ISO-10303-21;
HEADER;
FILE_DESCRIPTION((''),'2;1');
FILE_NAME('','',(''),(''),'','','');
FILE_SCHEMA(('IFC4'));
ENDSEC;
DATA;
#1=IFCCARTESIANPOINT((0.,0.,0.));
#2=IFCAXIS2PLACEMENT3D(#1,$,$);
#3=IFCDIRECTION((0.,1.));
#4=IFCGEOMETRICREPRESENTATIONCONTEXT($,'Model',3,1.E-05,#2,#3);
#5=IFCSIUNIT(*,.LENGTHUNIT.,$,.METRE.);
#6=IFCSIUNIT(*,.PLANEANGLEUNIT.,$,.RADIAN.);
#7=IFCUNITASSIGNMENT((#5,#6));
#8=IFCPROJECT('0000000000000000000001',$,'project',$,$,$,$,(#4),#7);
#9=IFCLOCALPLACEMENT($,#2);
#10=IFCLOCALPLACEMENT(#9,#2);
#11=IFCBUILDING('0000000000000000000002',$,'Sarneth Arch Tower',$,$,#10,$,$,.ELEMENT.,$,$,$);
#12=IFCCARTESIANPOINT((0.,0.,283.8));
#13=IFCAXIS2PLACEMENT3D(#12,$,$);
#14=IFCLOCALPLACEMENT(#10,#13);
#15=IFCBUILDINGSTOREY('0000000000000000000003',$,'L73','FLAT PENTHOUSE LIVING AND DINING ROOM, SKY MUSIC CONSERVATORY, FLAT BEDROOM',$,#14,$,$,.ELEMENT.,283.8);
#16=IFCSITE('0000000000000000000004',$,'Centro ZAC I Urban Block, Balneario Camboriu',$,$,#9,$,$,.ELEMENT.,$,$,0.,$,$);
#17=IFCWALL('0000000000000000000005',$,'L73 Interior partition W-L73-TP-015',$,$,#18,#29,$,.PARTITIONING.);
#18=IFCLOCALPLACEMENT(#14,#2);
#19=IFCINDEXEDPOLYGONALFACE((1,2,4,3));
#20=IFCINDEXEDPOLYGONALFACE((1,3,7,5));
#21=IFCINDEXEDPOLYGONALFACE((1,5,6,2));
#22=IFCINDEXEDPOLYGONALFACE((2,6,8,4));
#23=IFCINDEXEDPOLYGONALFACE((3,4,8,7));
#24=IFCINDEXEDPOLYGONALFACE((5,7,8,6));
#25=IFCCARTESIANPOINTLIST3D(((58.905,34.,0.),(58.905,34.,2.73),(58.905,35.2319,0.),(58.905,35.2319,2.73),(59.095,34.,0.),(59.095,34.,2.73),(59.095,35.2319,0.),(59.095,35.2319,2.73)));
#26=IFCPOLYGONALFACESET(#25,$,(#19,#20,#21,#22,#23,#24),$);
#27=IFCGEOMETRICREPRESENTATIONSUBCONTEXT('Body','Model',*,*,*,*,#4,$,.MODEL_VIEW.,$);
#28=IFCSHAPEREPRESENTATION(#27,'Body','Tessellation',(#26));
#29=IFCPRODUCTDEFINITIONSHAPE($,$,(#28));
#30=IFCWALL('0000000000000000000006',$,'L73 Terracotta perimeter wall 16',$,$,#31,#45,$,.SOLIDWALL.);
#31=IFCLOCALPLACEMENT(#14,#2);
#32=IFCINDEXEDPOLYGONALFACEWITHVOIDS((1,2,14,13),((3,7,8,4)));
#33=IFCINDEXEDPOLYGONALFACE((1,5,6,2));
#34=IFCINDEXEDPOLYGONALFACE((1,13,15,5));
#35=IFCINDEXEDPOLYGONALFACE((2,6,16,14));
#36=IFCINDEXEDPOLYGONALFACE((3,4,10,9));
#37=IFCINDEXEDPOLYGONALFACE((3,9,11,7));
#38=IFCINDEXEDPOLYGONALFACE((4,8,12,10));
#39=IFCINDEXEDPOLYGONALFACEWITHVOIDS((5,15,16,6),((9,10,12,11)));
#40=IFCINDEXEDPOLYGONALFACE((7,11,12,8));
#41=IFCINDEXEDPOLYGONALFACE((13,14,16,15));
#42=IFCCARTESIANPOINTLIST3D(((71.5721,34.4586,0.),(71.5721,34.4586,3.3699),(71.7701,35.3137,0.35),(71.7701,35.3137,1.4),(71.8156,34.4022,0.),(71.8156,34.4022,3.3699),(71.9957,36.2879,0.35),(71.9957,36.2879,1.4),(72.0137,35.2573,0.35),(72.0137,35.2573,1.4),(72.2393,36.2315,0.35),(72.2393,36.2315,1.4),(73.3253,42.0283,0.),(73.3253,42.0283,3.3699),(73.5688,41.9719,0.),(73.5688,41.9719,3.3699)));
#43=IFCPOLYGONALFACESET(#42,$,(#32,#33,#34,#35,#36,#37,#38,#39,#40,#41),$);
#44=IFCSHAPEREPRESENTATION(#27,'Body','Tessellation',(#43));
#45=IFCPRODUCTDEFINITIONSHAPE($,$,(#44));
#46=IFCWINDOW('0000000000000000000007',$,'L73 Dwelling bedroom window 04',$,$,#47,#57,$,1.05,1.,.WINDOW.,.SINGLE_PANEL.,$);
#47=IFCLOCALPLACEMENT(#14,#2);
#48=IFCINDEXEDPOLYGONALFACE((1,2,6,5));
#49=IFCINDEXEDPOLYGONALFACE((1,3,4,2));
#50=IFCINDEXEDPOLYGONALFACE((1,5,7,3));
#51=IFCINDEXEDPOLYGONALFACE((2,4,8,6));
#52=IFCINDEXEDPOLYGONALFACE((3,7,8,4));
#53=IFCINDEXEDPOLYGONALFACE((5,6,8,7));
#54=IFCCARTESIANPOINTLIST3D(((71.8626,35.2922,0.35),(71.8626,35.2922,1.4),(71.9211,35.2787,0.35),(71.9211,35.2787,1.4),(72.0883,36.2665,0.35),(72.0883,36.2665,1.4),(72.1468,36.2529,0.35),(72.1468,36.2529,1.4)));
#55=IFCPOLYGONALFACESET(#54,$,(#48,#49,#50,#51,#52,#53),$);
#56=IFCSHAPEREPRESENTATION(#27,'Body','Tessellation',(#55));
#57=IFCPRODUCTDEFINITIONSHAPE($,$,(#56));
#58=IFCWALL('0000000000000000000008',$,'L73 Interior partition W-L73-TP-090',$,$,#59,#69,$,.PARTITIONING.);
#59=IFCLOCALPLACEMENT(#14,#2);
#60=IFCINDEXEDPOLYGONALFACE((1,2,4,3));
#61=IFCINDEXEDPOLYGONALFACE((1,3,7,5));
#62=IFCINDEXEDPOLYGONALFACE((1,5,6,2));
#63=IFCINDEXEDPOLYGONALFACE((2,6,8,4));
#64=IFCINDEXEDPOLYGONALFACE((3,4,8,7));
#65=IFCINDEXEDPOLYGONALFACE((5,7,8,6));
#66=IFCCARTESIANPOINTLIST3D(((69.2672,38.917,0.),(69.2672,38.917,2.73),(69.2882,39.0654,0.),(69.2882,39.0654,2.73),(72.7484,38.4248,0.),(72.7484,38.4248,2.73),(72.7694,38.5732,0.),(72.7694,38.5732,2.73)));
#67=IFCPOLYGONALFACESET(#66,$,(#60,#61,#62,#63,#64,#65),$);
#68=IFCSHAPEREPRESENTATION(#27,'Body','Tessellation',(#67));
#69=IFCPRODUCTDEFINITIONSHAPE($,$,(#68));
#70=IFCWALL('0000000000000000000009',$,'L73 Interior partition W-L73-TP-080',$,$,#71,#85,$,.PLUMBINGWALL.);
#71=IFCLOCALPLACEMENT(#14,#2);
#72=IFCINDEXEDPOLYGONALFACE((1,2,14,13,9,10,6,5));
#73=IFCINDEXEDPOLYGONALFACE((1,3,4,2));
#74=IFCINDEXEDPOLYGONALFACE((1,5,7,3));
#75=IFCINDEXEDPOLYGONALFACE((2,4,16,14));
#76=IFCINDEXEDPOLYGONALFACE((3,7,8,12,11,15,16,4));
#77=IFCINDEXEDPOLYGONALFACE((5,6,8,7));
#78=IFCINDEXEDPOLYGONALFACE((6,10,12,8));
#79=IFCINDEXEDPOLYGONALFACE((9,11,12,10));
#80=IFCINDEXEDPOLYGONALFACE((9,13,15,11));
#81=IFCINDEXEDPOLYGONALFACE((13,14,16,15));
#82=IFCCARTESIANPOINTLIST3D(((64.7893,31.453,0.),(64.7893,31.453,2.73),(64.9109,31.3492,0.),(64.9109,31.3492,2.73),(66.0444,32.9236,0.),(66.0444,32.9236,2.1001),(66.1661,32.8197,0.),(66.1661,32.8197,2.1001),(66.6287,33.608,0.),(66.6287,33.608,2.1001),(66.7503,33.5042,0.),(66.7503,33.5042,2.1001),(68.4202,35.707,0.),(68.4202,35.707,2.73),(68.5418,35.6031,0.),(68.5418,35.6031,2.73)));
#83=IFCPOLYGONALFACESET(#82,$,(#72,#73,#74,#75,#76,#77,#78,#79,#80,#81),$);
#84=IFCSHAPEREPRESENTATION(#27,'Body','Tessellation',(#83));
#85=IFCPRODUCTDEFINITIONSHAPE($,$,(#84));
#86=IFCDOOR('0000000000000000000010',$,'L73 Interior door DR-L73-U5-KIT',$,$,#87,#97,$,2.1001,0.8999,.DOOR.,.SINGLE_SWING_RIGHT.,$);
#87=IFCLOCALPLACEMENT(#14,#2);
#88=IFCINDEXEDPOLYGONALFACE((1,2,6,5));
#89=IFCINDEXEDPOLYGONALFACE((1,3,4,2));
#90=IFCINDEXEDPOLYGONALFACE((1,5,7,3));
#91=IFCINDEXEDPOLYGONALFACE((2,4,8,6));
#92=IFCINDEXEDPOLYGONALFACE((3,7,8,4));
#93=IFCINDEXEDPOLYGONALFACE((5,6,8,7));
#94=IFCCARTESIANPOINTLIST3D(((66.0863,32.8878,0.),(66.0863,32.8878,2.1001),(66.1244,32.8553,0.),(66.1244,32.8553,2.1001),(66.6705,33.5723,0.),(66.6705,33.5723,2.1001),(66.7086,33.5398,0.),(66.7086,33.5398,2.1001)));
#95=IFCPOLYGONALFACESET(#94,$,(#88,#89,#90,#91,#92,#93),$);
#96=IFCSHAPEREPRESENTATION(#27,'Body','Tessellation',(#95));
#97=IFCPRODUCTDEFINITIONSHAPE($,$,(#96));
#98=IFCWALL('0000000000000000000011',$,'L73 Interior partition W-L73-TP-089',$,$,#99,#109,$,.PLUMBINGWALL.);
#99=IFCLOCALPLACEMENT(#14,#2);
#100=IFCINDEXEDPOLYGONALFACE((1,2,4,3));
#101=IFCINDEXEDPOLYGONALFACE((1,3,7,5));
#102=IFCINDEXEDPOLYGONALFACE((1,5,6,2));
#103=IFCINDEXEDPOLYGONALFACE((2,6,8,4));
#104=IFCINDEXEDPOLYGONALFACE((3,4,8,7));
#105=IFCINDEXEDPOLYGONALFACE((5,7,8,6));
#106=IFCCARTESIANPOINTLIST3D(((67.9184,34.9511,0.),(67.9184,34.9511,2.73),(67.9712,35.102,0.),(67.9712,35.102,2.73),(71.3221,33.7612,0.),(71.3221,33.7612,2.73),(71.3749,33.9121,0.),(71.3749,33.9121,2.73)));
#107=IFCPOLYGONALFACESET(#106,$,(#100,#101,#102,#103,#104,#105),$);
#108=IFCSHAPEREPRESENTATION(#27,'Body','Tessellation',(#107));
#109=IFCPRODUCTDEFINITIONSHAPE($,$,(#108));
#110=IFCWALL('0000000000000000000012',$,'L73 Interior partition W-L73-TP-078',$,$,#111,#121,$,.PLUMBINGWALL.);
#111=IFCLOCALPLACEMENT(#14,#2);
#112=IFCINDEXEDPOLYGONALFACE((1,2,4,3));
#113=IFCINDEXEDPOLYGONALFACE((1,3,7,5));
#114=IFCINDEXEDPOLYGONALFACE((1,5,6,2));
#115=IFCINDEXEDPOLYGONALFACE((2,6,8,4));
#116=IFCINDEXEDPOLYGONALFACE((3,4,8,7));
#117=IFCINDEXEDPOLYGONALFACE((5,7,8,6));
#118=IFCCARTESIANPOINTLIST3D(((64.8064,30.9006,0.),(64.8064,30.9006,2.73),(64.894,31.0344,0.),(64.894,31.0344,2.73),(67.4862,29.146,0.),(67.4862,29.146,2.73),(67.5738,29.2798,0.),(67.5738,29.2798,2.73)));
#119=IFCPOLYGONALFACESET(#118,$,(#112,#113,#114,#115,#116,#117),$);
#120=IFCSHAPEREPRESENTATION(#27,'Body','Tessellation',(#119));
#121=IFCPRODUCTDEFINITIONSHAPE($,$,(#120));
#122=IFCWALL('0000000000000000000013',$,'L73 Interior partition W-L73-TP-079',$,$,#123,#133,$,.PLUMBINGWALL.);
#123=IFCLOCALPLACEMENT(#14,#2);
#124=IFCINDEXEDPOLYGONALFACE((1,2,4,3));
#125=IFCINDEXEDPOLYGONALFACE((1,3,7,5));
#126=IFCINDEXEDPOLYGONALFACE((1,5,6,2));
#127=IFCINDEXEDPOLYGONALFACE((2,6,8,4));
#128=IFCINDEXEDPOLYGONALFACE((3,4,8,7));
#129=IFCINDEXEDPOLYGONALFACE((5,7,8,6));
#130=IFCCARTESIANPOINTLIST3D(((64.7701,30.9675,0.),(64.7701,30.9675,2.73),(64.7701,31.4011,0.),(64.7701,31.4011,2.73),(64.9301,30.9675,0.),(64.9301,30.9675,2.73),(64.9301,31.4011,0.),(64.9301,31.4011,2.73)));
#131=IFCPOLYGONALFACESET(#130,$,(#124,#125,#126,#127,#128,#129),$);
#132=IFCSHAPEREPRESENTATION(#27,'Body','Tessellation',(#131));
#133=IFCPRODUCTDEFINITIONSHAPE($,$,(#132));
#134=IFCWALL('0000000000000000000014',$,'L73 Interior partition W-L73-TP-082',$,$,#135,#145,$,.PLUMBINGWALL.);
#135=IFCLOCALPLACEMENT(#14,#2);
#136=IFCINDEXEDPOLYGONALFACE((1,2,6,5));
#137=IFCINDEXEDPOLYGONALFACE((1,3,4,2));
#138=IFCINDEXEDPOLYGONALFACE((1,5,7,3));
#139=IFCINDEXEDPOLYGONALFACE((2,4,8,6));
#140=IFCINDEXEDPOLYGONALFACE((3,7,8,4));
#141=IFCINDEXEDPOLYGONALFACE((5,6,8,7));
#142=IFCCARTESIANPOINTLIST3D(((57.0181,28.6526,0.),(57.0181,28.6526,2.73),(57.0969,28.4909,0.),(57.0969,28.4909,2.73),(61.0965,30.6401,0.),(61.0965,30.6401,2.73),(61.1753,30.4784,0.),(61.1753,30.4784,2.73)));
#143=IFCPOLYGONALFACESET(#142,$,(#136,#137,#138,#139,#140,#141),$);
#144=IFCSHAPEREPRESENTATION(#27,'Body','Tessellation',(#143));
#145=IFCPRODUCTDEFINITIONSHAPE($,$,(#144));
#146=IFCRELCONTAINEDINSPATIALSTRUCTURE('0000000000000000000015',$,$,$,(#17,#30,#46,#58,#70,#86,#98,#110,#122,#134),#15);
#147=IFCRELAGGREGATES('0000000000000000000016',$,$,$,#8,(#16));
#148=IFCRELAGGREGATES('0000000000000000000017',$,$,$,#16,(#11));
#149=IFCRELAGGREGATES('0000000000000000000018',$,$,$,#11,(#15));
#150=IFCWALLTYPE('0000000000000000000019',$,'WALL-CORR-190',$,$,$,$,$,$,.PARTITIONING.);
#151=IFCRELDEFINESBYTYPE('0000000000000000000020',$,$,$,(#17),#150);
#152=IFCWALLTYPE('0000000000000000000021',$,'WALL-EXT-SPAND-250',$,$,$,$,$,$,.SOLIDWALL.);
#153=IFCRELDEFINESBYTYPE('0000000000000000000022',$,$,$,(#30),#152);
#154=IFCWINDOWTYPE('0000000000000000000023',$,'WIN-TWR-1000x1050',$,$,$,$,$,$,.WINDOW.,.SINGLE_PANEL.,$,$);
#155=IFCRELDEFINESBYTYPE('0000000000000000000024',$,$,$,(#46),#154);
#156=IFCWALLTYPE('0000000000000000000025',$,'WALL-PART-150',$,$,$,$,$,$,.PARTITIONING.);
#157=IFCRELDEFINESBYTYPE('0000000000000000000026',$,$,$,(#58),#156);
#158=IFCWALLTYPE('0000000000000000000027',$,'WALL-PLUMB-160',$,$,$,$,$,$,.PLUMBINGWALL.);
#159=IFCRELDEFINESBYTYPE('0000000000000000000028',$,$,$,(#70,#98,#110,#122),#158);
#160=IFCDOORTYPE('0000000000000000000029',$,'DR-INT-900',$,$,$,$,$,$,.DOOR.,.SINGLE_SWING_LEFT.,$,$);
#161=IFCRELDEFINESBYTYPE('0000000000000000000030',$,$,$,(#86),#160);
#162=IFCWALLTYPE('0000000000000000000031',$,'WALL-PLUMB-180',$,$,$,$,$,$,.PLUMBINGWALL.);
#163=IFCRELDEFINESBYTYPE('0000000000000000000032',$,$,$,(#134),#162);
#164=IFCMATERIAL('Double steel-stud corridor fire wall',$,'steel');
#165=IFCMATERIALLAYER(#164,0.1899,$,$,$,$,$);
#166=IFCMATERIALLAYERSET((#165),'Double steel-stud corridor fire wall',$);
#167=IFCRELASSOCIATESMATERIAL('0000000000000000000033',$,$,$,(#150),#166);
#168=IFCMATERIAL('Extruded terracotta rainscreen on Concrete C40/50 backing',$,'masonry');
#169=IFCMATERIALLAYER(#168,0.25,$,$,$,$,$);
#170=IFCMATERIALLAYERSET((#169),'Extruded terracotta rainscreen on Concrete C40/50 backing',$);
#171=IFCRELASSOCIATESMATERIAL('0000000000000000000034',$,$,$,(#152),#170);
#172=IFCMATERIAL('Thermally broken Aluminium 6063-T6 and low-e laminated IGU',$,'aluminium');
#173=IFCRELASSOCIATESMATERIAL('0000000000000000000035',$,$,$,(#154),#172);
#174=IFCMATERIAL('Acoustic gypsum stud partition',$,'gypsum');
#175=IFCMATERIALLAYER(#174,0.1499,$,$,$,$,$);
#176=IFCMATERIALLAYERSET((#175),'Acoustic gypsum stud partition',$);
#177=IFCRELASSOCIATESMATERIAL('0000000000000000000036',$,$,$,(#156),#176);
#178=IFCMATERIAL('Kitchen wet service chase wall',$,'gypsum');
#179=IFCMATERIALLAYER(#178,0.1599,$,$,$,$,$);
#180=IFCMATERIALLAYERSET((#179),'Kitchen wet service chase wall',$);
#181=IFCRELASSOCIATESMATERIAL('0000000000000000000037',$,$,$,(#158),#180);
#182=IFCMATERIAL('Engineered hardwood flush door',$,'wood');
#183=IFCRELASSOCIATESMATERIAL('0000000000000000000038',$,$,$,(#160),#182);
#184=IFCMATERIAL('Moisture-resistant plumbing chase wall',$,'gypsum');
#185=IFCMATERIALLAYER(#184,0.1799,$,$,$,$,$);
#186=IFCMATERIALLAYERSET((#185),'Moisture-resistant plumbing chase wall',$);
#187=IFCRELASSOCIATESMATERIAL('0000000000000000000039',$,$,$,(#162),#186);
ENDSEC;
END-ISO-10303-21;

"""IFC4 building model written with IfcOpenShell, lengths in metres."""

from ifc_helpers import new_model, si_unit, direction, frame, frame_2d, origin, place, context, subcontext, project, spatial, rectangle, extrude, material, layer, layer_set, type_object, element, fill, save


model = new_model("IFC4")

# Units and contexts
model_context = context("Model", 3, precision=1e-05, world=origin(), true_north=direction((0.0, 1.0)))
body_context = subcontext(model_context, "Body", "Model", "MODEL_VIEW")
ifc_project = project(units=[si_unit("LENGTHUNIT", "METRE"), si_unit("PLANEANGLEUNIT", "RADIAN")], contexts=[model_context])

# Site, building, storey
site_placement = place(None, origin())
site = spatial("IfcSite", under=ifc_project, at=site_placement, Name="Centro ZAC I Urban Block, Balneario Camboriu", CompositionType="ELEMENT", RefElevation=0.0)
building_placement = place(site_placement, origin())
building = spatial("IfcBuilding", under=site, at=building_placement, Name="Sarneth Arch Tower", CompositionType="ELEMENT")
storey_placement = place(building_placement, frame((0.0, 0.0, 283.8)))
storey = spatial("IfcBuildingStorey", under=building, at=storey_placement, Name="L73", Description="FLAT PENTHOUSE LIVING AND DINING ROOM, SKY MUSIC CONSERVATORY, FLAT BEDROOM", CompositionType="ELEMENT", Elevation=283.8)

# Wall
ifc_material_1 = material(Name="Double steel-stud corridor fire wall", Category="steel")
ifc_layer_1 = layer(ifc_material_1, 0.1899)
ifc_layer_set_1 = layer_set([ifc_layer_1], Name="Double steel-stud corridor fire wall")
wall_type_1 = type_object("IfcWallType", Name="WALL-CORR-190", PredefinedType="PARTITIONING", material=ifc_layer_set_1)
wall_1_placement = place(storey_placement, frame((59.0, 34.0, 0.0), z_axis=(0.0, 0.0, 1.0), x_axis=(0.0, 1.0, 0.0)))
element("IfcWall", 1, at=wall_1_placement, inside=storey, type_object=wall_type_1, Name="L73 Interior partition W-L73-TP-015", PredefinedType="PARTITIONING", context=body_context, shape_type="SweptSolid", body=[
    extrude(rectangle(XDim=1.2319, YDim=0.1899, at=frame_2d((0.616, 0.0))), origin(), (0.0, 0.0, 1.0), 2.73),
])

# Wall, opening, window
ifc_material_2 = material(Name="Extruded terracotta rainscreen on Concrete C40/50 backing", Category="masonry")
ifc_layer_2 = layer(ifc_material_2, 0.25)
ifc_layer_set_2 = layer_set([ifc_layer_2], Name="Extruded terracotta rainscreen on Concrete C40/50 backing")
wall_type_2 = type_object("IfcWallType", Name="WALL-EXT-SPAND-250", PredefinedType="SOLIDWALL", material=ifc_layer_set_2)
wall_2_placement = place(storey_placement, frame((71.6938, 34.4304, 0.0), z_axis=(0.0, 0.0, 1.0), x_axis=(0.225635, 0.974212, 0.0)))
wall_2 = element("IfcWall", 2, at=wall_2_placement, inside=storey, type_object=wall_type_2, Name="L73 Terracotta perimeter wall 16", PredefinedType="SOLIDWALL", context=body_context, shape_type="SweptSolid", body=[
    extrude(rectangle(XDim=7.77, YDim=0.25, at=frame_2d((3.885, 0.0))), origin(), (0.0, 0.0, 1.0), 3.3699),
])
opening_1_placement = place(wall_2_placement, frame((0.8777, 0.0, 0.3501)))
opening_1 = element("IfcOpeningElement", 3, at=opening_1_placement, cuts=wall_2, PredefinedType="OPENING", context=body_context, shape_type="SweptSolid", body=[
    extrude(rectangle(XDim=1.0, YDim=1.05, at=frame_2d((0.5, 0.5249))), frame((0.0, 0.135, 0.0), z_axis=(0.0, -1.0, 0.0), x_axis=(1.0, 0.0, 0.0)), (0.0, 0.0, 1.0), 0.27),
])
ifc_material_3 = material(Name="Thermally broken Aluminium 6063-T6 and low-e laminated IGU", Category="aluminium")
window_type = type_object("IfcWindowType", Name="WIN-TWR-1000x1050", PartitioningType="SINGLE_PANEL", PredefinedType="WINDOW", material=ifc_material_3)
window_placement = place(opening_1_placement, origin())
window = element("IfcWindow", 4, at=window_placement, inside=storey, type_object=window_type, Name="L73 Dwelling bedroom window 04", OverallHeight=1.05, OverallWidth=1.0, PartitioningType="SINGLE_PANEL", PredefinedType="WINDOW", context=body_context, shape_type="SweptSolid", body=[
    extrude(rectangle(XDim=1.0, YDim=1.05, at=frame_2d((0.5, 0.5249))), frame((0.0, 0.03, 0.0), z_axis=(0.0, -1.0, 0.0), x_axis=(1.0, 0.0, 0.0)), (0.0, 0.0, 1.0), 0.0601),
])
fill(opening_1, window)

# Wall
ifc_material_4 = material(Name="Acoustic gypsum stud partition", Category="gypsum")
ifc_layer_3 = layer(ifc_material_4, 0.1499)
ifc_layer_set_3 = layer_set([ifc_layer_3], Name="Acoustic gypsum stud partition")
wall_type_3 = type_object("IfcWallType", Name="WALL-PART-150", PredefinedType="PARTITIONING", material=ifc_layer_set_3)
wall_3_placement = place(storey_placement, frame((72.7588, 38.499, 0.0), z_axis=(0.0, 0.0, 1.0), x_axis=(-0.990153, 0.139992, 0.0)))
element("IfcWall", 5, at=wall_3_placement, inside=storey, type_object=wall_type_3, Name="L73 Interior partition W-L73-TP-090", PredefinedType="PARTITIONING", context=body_context, shape_type="SweptSolid", body=[
    extrude(rectangle(XDim=3.5159, YDim=0.1499, at=frame_2d((1.7578, 0.0))), origin(), (0.0, 0.0, 1.0), 2.73),
])

# Wall, opening, door
ifc_material_5 = material(Name="Kitchen wet service chase wall", Category="gypsum")
ifc_layer_4 = layer(ifc_material_5, 0.1599)
ifc_layer_set_4 = layer_set([ifc_layer_4], Name="Kitchen wet service chase wall")
wall_type_4 = type_object("IfcWallType", Name="WALL-PLUMB-160", PredefinedType="PLUMBINGWALL", material=ifc_layer_set_4)
wall_4_placement = place(storey_placement, frame((64.8501, 31.4011, 0.0), z_axis=(0.0, 0.0, 1.0), x_axis=(0.649208, 0.760611, 0.0)))
wall_4 = element("IfcWall", 6, at=wall_4_placement, inside=storey, type_object=wall_type_4, Name="L73 Interior partition W-L73-TP-080", PredefinedType="PLUMBINGWALL", context=body_context, shape_type="SweptSolid", body=[
    extrude(rectangle(XDim=5.5928, YDim=0.1599, at=frame_2d((2.7964, 0.0))), origin(), (0.0, 0.0, 1.0), 2.73),
])
opening_2_placement = place(wall_4_placement, frame((1.9333, 0.0, 0.0)))
opening_2 = element("IfcOpeningElement", 7, at=opening_2_placement, cuts=wall_4, PredefinedType="OPENING", context=body_context, shape_type="SweptSolid", body=[
    extrude(rectangle(XDim=0.8999, YDim=2.1001, at=frame_2d((0.45, 1.05))), frame((0.0, 0.0898, 0.0), z_axis=(0.0, -1.0, 0.0), x_axis=(1.0, 0.0, 0.0)), (0.0, 0.0, 1.0), 0.1799),
])
ifc_material_6 = material(Name="Engineered hardwood flush door", Category="wood")
door_type_1 = type_object("IfcDoorType", Name="DR-INT-900", OperationType="SINGLE_SWING_LEFT", PredefinedType="DOOR", material=ifc_material_6)
door_1_placement = place(opening_2_placement, origin())
door_1 = element("IfcDoor", 8, at=door_1_placement, inside=storey, type_object=door_type_1, Name="L73 Interior door DR-L73-U5-KIT", OperationType="SINGLE_SWING_RIGHT", OverallHeight=2.1001, OverallWidth=0.8999, PredefinedType="DOOR", context=body_context, shape_type="SweptSolid", body=[
    extrude(rectangle(XDim=0.8999, YDim=2.1001, at=frame_2d((0.45, 1.05))), frame((0.0, 0.0249, 0.0), z_axis=(0.0, -1.0, 0.0), x_axis=(1.0, 0.0, 0.0)), (0.0, 0.0, 1.0), 0.05),
])
fill(opening_2, door_1)

# Walls
wall_5_placement = place(storey_placement, frame((71.3484, 33.8367, 0.0), z_axis=(0.0, 0.0, 1.0), x_axis=(-0.943979, 0.330007, 0.0)))
element("IfcWall", 9, at=wall_5_placement, inside=storey, type_object=wall_type_4, Name="L73 Interior partition W-L73-TP-089", PredefinedType="PLUMBINGWALL", context=body_context, shape_type="SweptSolid", body=[
    extrude(rectangle(XDim=3.6057, YDim=0.1599, at=frame_2d((1.8027, 0.0))), origin(), (0.0, 0.0, 1.0), 2.73),
])
wall_6_placement = place(storey_placement, frame((67.53, 29.2129, 0.0), z_axis=(0.0, 0.0, 1.0), x_axis=(-0.83663, 0.547769, 0.0)))
element("IfcWall", 10, at=wall_6_placement, inside=storey, type_object=wall_type_4, Name="L73 Interior partition W-L73-TP-078", PredefinedType="PLUMBINGWALL", context=body_context, shape_type="SweptSolid", body=[
    extrude(rectangle(XDim=3.2031, YDim=0.1599, at=frame_2d((1.6016, 0.0))), origin(), (0.0, 0.0, 1.0), 2.73),
])
wall_7_placement = place(storey_placement, frame((64.8501, 30.9675, 0.0), z_axis=(0.0, 0.0, 1.0), x_axis=(0.0, 1.0, 0.0)))
element("IfcWall", 11, at=wall_7_placement, inside=storey, type_object=wall_type_4, Name="L73 Interior partition W-L73-TP-079", PredefinedType="PLUMBINGWALL", context=body_context, shape_type="SweptSolid", body=[
    extrude(rectangle(XDim=0.4336, YDim=0.1599, at=frame_2d((0.2168, 0.0))), origin(), (0.0, 0.0, 1.0), 2.73),
])
ifc_material_7 = material(Name="Moisture-resistant plumbing chase wall", Category="gypsum")
ifc_layer_5 = layer(ifc_material_7, 0.1799)
ifc_layer_set_5 = layer_set([ifc_layer_5], Name="Moisture-resistant plumbing chase wall")
wall_type_5 = type_object("IfcWallType", Name="WALL-PLUMB-180", PredefinedType="PLUMBINGWALL", material=ifc_layer_set_5)
wall_8_placement = place(storey_placement, frame((61.136, 30.5593, 0.0), z_axis=(0.0, 0.0, 1.0), x_axis=(-0.898933, -0.438085, 0.0)))
element("IfcWall", 12, at=wall_8_placement, inside=storey, type_object=wall_type_5, Name="L73 Interior partition W-L73-TP-082", PredefinedType="PLUMBINGWALL", context=body_context, shape_type="SweptSolid", body=[
    extrude(rectangle(XDim=4.5369, YDim=0.1799, at=frame_2d((2.2686, 0.0))), origin(), (0.0, 0.0, 1.0), 2.73),
])

save(model, "model.ifc")
